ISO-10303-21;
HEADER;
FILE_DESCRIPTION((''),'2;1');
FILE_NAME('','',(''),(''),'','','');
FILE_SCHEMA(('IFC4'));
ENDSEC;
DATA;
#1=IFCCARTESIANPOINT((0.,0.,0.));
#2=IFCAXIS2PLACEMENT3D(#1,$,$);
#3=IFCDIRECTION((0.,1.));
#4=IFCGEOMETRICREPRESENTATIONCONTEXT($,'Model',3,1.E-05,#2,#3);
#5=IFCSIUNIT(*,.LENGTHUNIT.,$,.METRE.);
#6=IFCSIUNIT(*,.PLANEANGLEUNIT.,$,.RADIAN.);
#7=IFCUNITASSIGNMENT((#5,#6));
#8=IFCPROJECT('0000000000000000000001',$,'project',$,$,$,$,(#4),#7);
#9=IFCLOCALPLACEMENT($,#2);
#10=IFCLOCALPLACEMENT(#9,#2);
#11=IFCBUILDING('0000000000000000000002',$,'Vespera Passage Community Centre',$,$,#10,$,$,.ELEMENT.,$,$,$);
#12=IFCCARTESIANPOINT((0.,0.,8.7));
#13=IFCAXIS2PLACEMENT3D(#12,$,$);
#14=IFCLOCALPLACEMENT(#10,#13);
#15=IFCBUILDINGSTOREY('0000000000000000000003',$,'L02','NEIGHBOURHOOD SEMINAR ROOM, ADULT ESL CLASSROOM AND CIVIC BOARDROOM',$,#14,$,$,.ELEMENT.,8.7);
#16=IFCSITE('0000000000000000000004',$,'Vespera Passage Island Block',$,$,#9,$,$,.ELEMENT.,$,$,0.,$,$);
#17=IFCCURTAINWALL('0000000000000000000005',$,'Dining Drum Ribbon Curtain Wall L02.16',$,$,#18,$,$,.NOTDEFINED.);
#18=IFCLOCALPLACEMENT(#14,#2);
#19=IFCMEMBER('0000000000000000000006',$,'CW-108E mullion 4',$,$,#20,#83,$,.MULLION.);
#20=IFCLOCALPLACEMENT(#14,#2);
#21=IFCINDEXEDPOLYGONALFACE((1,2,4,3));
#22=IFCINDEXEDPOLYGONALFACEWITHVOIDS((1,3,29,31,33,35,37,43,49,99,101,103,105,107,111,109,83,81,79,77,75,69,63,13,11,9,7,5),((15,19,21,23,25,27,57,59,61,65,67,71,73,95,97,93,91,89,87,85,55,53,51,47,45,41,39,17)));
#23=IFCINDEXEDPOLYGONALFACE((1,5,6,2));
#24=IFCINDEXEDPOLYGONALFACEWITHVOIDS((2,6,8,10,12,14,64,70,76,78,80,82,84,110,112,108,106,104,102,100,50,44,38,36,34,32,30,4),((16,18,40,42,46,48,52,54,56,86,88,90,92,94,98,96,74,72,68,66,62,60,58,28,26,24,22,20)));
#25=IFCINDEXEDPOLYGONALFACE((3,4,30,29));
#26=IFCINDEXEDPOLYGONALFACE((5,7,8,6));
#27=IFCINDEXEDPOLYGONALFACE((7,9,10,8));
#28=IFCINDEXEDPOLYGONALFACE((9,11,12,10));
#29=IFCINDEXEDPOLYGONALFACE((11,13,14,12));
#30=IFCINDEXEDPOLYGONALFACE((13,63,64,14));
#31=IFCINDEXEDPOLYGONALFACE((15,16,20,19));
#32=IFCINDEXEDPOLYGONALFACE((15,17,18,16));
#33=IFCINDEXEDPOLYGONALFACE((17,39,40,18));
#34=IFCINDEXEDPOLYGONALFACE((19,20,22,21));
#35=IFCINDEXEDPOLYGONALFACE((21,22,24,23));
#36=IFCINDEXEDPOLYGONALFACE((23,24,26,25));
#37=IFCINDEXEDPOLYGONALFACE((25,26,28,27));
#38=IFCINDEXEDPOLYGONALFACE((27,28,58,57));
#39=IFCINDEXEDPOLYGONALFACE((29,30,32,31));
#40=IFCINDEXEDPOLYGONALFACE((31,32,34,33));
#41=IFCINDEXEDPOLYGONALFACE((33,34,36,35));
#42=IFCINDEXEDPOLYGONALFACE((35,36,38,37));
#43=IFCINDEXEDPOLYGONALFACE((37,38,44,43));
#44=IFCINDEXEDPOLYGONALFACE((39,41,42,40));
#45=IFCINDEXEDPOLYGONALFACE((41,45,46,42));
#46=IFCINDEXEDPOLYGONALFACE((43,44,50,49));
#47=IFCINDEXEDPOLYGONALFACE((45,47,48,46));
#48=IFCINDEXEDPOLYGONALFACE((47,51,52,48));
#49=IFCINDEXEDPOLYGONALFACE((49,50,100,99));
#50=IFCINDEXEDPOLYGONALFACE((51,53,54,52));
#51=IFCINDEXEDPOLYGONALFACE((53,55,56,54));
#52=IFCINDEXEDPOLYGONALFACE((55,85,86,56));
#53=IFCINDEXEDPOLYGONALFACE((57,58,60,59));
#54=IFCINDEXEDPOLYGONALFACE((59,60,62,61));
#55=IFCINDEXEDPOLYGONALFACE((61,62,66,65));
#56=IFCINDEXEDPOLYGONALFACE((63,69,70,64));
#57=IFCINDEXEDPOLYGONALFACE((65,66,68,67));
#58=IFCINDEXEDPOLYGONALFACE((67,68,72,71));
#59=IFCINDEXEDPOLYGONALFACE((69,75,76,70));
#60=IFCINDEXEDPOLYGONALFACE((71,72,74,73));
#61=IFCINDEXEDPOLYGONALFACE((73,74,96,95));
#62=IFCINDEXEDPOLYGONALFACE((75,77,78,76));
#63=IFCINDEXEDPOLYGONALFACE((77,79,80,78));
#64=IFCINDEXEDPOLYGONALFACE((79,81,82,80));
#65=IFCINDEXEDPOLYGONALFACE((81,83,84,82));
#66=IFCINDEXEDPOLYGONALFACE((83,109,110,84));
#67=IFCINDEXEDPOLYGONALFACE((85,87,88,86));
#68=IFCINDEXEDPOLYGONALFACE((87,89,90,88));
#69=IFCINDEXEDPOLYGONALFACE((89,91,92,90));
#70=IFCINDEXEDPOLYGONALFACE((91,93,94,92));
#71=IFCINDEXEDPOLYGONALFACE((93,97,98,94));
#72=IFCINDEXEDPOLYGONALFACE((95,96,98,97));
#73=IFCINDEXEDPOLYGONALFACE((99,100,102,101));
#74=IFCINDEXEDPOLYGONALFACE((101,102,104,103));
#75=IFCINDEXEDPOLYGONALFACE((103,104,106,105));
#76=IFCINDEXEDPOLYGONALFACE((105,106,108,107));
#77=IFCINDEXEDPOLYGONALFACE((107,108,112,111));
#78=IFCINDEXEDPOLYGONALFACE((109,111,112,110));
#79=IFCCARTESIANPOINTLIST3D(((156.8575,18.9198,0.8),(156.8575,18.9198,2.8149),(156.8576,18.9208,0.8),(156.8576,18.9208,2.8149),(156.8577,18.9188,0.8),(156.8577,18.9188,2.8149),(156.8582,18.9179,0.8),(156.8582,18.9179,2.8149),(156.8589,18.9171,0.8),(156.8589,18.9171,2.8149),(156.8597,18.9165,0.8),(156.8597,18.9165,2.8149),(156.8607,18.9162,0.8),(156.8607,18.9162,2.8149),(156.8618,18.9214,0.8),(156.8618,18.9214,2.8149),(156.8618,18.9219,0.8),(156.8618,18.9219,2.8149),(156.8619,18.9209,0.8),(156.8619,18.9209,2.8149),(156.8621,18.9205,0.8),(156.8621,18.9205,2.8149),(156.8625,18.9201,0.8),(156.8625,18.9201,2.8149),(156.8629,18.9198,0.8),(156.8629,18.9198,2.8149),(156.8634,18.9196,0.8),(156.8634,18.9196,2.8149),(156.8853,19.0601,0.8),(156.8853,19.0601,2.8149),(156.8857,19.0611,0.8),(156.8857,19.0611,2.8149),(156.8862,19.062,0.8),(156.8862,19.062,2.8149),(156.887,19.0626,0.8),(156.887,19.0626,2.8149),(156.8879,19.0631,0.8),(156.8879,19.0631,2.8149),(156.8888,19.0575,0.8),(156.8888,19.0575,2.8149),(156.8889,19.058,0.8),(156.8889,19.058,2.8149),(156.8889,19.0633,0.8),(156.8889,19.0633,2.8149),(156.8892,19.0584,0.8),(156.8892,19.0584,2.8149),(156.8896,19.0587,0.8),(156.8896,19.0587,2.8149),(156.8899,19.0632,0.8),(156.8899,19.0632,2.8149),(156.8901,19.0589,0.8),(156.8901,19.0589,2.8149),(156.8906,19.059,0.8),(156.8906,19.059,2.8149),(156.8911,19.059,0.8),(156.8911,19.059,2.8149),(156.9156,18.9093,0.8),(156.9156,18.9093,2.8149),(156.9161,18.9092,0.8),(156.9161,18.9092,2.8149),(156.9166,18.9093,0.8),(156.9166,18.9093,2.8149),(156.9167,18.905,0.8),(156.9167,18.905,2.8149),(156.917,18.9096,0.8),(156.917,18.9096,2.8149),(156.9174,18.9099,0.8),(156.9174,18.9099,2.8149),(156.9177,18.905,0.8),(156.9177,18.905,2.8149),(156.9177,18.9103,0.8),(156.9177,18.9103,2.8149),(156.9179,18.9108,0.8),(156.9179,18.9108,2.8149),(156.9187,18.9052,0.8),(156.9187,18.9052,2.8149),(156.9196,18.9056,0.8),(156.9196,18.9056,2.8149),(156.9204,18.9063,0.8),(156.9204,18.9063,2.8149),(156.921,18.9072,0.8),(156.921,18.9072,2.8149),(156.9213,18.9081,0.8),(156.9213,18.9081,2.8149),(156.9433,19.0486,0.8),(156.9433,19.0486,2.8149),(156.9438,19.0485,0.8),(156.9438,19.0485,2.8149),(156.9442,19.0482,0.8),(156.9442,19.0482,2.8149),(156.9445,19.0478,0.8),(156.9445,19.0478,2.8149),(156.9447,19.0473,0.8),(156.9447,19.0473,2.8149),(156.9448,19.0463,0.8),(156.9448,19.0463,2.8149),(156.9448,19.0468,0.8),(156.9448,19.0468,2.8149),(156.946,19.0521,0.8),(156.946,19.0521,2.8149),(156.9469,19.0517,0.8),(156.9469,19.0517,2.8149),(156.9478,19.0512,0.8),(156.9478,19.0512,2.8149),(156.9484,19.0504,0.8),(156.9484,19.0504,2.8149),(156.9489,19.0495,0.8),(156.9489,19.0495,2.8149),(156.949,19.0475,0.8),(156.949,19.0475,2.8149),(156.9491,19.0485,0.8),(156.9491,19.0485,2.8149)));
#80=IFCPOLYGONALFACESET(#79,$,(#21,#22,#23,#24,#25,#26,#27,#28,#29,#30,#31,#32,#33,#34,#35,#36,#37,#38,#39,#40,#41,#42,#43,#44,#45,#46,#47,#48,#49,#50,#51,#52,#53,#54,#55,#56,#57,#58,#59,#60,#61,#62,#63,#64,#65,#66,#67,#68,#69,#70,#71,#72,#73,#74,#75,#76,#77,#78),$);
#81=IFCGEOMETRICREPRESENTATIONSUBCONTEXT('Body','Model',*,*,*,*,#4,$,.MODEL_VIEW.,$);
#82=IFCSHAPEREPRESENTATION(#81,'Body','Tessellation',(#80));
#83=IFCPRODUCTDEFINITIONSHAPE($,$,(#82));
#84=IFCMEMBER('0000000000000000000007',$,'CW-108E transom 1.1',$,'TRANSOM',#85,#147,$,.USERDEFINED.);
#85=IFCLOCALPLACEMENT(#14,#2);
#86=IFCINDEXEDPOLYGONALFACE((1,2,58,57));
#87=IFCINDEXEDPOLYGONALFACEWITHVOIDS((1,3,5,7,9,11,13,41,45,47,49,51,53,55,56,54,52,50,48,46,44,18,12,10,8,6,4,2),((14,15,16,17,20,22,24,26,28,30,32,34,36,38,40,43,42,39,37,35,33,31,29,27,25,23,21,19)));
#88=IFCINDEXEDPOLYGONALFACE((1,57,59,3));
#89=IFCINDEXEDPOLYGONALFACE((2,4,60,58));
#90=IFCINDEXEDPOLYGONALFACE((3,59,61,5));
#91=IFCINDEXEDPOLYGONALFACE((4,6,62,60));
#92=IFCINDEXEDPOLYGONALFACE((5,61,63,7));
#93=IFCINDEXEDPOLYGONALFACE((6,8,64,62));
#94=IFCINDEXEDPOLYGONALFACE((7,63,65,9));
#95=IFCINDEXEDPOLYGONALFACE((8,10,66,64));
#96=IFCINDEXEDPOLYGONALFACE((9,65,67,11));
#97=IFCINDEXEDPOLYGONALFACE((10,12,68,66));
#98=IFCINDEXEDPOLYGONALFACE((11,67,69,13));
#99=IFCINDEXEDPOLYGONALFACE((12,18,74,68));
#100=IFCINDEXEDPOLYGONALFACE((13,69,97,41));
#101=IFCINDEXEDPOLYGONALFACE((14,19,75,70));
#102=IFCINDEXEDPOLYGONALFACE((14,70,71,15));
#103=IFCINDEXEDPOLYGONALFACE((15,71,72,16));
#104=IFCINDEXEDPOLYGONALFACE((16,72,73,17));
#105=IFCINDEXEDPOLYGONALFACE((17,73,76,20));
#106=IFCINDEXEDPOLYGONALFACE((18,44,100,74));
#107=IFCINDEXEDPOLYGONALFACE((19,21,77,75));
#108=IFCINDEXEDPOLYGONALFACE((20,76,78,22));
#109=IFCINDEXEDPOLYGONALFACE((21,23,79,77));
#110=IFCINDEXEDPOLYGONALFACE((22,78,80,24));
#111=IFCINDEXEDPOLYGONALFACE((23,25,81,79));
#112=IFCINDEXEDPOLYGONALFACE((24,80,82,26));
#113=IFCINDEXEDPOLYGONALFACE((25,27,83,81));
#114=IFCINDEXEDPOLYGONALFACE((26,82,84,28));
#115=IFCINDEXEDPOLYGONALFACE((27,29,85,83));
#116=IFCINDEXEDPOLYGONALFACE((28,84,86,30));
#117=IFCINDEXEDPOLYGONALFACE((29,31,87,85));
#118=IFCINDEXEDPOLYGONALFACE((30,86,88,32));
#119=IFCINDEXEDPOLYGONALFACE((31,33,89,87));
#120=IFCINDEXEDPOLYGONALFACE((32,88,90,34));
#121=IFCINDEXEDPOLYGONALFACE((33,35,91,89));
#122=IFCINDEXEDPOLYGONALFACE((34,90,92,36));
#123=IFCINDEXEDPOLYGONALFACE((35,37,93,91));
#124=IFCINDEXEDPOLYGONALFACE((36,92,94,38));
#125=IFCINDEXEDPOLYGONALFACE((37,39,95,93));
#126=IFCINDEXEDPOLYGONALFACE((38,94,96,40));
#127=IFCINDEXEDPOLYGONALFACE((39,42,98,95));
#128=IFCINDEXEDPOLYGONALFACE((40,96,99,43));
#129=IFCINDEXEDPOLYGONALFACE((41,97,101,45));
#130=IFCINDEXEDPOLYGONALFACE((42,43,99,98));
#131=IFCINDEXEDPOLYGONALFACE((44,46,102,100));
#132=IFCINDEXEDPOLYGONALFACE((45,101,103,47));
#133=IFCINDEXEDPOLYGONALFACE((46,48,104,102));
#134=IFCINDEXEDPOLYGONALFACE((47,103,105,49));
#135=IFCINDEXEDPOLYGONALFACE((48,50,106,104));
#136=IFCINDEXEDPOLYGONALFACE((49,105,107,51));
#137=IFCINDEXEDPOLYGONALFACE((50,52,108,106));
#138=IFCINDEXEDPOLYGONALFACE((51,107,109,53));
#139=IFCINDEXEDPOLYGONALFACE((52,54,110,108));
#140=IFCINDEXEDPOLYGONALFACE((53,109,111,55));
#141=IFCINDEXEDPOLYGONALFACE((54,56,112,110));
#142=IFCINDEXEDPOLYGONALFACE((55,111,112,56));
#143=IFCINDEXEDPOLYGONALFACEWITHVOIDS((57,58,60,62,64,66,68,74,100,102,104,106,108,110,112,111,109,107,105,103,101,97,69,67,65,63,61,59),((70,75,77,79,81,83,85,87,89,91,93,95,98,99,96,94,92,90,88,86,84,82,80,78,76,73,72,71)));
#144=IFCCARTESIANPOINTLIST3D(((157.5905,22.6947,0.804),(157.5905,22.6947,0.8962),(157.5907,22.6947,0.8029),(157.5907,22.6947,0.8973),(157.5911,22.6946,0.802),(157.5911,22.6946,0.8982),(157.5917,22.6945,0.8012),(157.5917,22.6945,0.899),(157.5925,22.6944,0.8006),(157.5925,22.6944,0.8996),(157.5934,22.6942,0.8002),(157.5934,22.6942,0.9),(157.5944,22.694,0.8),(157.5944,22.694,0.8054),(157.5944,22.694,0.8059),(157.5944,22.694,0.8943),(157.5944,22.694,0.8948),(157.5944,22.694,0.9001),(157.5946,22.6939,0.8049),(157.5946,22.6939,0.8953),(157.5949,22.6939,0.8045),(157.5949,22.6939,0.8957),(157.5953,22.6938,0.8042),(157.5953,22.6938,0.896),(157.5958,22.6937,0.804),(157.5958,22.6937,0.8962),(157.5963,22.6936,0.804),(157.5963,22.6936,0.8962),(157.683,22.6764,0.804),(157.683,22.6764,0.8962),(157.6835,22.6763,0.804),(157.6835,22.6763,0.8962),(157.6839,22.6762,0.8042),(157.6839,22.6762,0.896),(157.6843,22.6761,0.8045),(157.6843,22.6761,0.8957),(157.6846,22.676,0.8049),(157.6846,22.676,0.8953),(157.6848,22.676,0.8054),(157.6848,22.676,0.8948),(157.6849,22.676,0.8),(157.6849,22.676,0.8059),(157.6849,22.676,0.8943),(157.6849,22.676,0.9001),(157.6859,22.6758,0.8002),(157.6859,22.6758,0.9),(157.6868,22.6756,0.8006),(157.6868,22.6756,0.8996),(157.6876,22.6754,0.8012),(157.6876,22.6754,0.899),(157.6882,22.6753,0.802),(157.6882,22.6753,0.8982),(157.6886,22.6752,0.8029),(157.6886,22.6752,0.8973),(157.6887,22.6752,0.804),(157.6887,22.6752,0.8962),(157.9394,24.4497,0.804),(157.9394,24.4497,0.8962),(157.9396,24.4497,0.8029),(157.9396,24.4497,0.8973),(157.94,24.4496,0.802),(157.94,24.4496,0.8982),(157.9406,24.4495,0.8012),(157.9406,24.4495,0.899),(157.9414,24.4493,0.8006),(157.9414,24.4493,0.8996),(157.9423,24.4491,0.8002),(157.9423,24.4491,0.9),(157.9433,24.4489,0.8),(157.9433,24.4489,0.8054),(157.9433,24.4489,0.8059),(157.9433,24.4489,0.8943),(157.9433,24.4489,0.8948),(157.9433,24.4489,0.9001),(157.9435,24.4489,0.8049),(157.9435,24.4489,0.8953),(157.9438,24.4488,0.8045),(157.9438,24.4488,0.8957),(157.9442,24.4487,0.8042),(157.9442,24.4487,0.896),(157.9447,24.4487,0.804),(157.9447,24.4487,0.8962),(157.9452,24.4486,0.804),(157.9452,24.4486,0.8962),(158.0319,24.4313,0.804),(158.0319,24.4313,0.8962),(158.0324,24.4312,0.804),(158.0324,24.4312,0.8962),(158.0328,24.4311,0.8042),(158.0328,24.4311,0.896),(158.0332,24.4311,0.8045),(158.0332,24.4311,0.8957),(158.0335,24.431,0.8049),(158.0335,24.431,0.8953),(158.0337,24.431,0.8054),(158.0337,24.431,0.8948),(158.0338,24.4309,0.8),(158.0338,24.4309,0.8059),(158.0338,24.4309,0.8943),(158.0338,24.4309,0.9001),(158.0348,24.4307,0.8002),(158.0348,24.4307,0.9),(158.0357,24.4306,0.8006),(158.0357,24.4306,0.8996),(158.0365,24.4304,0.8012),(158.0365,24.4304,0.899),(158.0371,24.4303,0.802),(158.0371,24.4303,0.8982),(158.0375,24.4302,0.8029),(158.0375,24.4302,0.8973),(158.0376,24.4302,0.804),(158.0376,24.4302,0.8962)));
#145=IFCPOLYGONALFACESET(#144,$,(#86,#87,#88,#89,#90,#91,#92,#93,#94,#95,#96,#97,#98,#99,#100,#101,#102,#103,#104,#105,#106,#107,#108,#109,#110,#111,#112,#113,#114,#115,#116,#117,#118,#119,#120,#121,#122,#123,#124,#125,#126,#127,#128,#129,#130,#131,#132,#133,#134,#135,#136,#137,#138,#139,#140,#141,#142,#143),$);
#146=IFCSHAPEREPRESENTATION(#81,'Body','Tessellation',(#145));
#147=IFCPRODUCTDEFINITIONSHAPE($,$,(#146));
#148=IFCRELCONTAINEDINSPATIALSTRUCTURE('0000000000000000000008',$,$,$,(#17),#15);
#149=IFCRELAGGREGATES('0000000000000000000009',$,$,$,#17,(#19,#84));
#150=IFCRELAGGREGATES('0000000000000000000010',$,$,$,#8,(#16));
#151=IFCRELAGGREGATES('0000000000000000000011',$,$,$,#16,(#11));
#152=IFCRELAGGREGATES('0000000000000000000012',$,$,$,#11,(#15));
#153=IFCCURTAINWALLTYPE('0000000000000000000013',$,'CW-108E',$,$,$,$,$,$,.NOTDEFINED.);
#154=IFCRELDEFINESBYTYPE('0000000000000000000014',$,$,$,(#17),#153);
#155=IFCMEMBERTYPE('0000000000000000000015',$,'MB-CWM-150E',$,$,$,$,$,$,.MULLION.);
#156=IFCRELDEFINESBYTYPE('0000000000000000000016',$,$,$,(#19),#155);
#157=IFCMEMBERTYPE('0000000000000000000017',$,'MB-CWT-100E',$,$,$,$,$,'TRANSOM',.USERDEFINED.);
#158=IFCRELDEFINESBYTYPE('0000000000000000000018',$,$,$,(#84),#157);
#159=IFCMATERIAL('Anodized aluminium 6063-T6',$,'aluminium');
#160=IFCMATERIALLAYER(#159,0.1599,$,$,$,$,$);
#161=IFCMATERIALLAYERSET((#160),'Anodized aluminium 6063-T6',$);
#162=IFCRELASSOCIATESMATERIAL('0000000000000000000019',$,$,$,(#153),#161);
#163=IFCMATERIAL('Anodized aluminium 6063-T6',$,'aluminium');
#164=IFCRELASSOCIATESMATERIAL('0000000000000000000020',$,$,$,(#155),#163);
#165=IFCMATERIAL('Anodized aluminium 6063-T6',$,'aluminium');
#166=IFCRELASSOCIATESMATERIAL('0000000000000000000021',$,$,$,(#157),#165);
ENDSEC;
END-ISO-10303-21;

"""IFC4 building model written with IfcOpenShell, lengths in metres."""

from ifc_helpers import new_model, si_unit, direction, frame, origin, origin_2d, place, context, subcontext, project, spatial, hollow_rectangle, extrude, material, layer, layer_set, material_profile, profile_set, type_object, element, aggregate, save


model = new_model("IFC4")

# Units and contexts
model_context = context("Model", 3, precision=1e-05, world=origin(), true_north=direction((0.0, 1.0)))
body_context = subcontext(model_context, "Body", "Model", "MODEL_VIEW")
ifc_project = project(units=[si_unit("LENGTHUNIT", "METRE"), si_unit("PLANEANGLEUNIT", "RADIAN")], contexts=[model_context])

# Site, building, storey
site_placement = place(None, origin())
site = spatial("IfcSite", under=ifc_project, at=site_placement, Name="Vespera Passage Island Block", CompositionType="ELEMENT", RefElevation=0.0)
building_placement = place(site_placement, origin())
building = spatial("IfcBuilding", under=site, at=building_placement, Name="Vespera Passage Community Centre", CompositionType="ELEMENT")
storey_placement = place(building_placement, frame((0.0, 0.0, 8.7)))
storey = spatial("IfcBuildingStorey", under=building, at=storey_placement, Name="L02", Description="NEIGHBOURHOOD SEMINAR ROOM, ADULT ESL CLASSROOM AND CIVIC BOARDROOM", CompositionType="ELEMENT", Elevation=8.7)

# Curtain wall, members
ifc_material_1 = material(Name="Anodized aluminium 6063-T6", Category="aluminium")
ifc_layer_1 = layer(ifc_material_1, 0.1599)
ifc_layer_set_1 = layer_set([ifc_layer_1], Name="Anodized aluminium 6063-T6")
curtain_wall_type = type_object("IfcCurtainWallType", Name="CW-108E", PredefinedType="NOTDEFINED", material=ifc_layer_set_1)
curtain_wall_placement = place(storey_placement, origin())
curtain_wall = element("IfcCurtainWall", 1, at=curtain_wall_placement, inside=storey, type_object=curtain_wall_type, Name="Dining Drum Ribbon Curtain Wall L02.16", PredefinedType="NOTDEFINED")
ifc_material_2 = material(Name="Anodized aluminium 6063-T6", Category="aluminium")
ifc_material_profile_1 = material_profile(ifc_material_2, hollow_rectangle(XDim=0.0649, YDim=0.1499, WallThickness=0.0039, InnerFilletRadius=0.002, OuterFilletRadius=0.0039, at=origin_2d()), Name="ALU150X65X4")
ifc_profile_set_1 = profile_set([ifc_material_profile_1], Name="Anodized aluminium 6063-T6")
member_type_1 = type_object("IfcMemberType", Name="MB-CWM-150E", PredefinedType="MULLION", material=ifc_profile_set_1)
member_1_placement = place(storey_placement, frame((156.9033, 18.9841, 0.8), z_axis=(0.0, 0.0, 1.0), x_axis=(0.980784, -0.195097, 0.0)))
member_1 = element("IfcMember", 2, at=member_1_placement, type_object=member_type_1, Name="CW-108E mullion 4", PredefinedType="MULLION", context=body_context, shape_type="SweptSolid", body=[
    extrude(hollow_rectangle(XDim=0.0649, YDim=0.1499, WallThickness=0.0039, InnerFilletRadius=0.002, OuterFilletRadius=0.0039, at=origin_2d()), origin(), (0.0, 0.0, 1.0), 2.0149),
])
ifc_material_3 = material(Name="Anodized aluminium 6063-T6", Category="aluminium")
ifc_material_profile_2 = material_profile(ifc_material_3, hollow_rectangle(XDim=0.1001, YDim=0.1001, WallThickness=0.0039, InnerFilletRadius=0.002, OuterFilletRadius=0.0039, at=origin_2d()), Name="ALU100X100X4")
ifc_profile_set_2 = profile_set([ifc_material_profile_2], Name="Anodized aluminium 6063-T6")
member_type_2 = type_object("IfcMemberType", Name="MB-CWT-100E", ElementType="TRANSOM", PredefinedType="USERDEFINED", material=ifc_profile_set_2)
member_2_placement = place(storey_placement, frame((157.9885, 24.4399, 0.8501), z_axis=(-0.194988, -0.980806, 0.0), x_axis=(0.980806, -0.194988, 0.0)))
member_2 = element("IfcMember", 3, at=member_2_placement, type_object=member_type_2, Name="CW-108E transom 1.1", ObjectType="TRANSOM", PredefinedType="USERDEFINED", context=body_context, shape_type="SweptSolid", body=[
    extrude(hollow_rectangle(XDim=0.1001, YDim=0.1001, WallThickness=0.0039, InnerFilletRadius=0.002, OuterFilletRadius=0.0039, at=origin_2d()), origin(), (0.0, 0.0, 1.0), 1.7893),
])
aggregate(curtain_wall, [member_1, member_2])

save(model, "model.ifc")
